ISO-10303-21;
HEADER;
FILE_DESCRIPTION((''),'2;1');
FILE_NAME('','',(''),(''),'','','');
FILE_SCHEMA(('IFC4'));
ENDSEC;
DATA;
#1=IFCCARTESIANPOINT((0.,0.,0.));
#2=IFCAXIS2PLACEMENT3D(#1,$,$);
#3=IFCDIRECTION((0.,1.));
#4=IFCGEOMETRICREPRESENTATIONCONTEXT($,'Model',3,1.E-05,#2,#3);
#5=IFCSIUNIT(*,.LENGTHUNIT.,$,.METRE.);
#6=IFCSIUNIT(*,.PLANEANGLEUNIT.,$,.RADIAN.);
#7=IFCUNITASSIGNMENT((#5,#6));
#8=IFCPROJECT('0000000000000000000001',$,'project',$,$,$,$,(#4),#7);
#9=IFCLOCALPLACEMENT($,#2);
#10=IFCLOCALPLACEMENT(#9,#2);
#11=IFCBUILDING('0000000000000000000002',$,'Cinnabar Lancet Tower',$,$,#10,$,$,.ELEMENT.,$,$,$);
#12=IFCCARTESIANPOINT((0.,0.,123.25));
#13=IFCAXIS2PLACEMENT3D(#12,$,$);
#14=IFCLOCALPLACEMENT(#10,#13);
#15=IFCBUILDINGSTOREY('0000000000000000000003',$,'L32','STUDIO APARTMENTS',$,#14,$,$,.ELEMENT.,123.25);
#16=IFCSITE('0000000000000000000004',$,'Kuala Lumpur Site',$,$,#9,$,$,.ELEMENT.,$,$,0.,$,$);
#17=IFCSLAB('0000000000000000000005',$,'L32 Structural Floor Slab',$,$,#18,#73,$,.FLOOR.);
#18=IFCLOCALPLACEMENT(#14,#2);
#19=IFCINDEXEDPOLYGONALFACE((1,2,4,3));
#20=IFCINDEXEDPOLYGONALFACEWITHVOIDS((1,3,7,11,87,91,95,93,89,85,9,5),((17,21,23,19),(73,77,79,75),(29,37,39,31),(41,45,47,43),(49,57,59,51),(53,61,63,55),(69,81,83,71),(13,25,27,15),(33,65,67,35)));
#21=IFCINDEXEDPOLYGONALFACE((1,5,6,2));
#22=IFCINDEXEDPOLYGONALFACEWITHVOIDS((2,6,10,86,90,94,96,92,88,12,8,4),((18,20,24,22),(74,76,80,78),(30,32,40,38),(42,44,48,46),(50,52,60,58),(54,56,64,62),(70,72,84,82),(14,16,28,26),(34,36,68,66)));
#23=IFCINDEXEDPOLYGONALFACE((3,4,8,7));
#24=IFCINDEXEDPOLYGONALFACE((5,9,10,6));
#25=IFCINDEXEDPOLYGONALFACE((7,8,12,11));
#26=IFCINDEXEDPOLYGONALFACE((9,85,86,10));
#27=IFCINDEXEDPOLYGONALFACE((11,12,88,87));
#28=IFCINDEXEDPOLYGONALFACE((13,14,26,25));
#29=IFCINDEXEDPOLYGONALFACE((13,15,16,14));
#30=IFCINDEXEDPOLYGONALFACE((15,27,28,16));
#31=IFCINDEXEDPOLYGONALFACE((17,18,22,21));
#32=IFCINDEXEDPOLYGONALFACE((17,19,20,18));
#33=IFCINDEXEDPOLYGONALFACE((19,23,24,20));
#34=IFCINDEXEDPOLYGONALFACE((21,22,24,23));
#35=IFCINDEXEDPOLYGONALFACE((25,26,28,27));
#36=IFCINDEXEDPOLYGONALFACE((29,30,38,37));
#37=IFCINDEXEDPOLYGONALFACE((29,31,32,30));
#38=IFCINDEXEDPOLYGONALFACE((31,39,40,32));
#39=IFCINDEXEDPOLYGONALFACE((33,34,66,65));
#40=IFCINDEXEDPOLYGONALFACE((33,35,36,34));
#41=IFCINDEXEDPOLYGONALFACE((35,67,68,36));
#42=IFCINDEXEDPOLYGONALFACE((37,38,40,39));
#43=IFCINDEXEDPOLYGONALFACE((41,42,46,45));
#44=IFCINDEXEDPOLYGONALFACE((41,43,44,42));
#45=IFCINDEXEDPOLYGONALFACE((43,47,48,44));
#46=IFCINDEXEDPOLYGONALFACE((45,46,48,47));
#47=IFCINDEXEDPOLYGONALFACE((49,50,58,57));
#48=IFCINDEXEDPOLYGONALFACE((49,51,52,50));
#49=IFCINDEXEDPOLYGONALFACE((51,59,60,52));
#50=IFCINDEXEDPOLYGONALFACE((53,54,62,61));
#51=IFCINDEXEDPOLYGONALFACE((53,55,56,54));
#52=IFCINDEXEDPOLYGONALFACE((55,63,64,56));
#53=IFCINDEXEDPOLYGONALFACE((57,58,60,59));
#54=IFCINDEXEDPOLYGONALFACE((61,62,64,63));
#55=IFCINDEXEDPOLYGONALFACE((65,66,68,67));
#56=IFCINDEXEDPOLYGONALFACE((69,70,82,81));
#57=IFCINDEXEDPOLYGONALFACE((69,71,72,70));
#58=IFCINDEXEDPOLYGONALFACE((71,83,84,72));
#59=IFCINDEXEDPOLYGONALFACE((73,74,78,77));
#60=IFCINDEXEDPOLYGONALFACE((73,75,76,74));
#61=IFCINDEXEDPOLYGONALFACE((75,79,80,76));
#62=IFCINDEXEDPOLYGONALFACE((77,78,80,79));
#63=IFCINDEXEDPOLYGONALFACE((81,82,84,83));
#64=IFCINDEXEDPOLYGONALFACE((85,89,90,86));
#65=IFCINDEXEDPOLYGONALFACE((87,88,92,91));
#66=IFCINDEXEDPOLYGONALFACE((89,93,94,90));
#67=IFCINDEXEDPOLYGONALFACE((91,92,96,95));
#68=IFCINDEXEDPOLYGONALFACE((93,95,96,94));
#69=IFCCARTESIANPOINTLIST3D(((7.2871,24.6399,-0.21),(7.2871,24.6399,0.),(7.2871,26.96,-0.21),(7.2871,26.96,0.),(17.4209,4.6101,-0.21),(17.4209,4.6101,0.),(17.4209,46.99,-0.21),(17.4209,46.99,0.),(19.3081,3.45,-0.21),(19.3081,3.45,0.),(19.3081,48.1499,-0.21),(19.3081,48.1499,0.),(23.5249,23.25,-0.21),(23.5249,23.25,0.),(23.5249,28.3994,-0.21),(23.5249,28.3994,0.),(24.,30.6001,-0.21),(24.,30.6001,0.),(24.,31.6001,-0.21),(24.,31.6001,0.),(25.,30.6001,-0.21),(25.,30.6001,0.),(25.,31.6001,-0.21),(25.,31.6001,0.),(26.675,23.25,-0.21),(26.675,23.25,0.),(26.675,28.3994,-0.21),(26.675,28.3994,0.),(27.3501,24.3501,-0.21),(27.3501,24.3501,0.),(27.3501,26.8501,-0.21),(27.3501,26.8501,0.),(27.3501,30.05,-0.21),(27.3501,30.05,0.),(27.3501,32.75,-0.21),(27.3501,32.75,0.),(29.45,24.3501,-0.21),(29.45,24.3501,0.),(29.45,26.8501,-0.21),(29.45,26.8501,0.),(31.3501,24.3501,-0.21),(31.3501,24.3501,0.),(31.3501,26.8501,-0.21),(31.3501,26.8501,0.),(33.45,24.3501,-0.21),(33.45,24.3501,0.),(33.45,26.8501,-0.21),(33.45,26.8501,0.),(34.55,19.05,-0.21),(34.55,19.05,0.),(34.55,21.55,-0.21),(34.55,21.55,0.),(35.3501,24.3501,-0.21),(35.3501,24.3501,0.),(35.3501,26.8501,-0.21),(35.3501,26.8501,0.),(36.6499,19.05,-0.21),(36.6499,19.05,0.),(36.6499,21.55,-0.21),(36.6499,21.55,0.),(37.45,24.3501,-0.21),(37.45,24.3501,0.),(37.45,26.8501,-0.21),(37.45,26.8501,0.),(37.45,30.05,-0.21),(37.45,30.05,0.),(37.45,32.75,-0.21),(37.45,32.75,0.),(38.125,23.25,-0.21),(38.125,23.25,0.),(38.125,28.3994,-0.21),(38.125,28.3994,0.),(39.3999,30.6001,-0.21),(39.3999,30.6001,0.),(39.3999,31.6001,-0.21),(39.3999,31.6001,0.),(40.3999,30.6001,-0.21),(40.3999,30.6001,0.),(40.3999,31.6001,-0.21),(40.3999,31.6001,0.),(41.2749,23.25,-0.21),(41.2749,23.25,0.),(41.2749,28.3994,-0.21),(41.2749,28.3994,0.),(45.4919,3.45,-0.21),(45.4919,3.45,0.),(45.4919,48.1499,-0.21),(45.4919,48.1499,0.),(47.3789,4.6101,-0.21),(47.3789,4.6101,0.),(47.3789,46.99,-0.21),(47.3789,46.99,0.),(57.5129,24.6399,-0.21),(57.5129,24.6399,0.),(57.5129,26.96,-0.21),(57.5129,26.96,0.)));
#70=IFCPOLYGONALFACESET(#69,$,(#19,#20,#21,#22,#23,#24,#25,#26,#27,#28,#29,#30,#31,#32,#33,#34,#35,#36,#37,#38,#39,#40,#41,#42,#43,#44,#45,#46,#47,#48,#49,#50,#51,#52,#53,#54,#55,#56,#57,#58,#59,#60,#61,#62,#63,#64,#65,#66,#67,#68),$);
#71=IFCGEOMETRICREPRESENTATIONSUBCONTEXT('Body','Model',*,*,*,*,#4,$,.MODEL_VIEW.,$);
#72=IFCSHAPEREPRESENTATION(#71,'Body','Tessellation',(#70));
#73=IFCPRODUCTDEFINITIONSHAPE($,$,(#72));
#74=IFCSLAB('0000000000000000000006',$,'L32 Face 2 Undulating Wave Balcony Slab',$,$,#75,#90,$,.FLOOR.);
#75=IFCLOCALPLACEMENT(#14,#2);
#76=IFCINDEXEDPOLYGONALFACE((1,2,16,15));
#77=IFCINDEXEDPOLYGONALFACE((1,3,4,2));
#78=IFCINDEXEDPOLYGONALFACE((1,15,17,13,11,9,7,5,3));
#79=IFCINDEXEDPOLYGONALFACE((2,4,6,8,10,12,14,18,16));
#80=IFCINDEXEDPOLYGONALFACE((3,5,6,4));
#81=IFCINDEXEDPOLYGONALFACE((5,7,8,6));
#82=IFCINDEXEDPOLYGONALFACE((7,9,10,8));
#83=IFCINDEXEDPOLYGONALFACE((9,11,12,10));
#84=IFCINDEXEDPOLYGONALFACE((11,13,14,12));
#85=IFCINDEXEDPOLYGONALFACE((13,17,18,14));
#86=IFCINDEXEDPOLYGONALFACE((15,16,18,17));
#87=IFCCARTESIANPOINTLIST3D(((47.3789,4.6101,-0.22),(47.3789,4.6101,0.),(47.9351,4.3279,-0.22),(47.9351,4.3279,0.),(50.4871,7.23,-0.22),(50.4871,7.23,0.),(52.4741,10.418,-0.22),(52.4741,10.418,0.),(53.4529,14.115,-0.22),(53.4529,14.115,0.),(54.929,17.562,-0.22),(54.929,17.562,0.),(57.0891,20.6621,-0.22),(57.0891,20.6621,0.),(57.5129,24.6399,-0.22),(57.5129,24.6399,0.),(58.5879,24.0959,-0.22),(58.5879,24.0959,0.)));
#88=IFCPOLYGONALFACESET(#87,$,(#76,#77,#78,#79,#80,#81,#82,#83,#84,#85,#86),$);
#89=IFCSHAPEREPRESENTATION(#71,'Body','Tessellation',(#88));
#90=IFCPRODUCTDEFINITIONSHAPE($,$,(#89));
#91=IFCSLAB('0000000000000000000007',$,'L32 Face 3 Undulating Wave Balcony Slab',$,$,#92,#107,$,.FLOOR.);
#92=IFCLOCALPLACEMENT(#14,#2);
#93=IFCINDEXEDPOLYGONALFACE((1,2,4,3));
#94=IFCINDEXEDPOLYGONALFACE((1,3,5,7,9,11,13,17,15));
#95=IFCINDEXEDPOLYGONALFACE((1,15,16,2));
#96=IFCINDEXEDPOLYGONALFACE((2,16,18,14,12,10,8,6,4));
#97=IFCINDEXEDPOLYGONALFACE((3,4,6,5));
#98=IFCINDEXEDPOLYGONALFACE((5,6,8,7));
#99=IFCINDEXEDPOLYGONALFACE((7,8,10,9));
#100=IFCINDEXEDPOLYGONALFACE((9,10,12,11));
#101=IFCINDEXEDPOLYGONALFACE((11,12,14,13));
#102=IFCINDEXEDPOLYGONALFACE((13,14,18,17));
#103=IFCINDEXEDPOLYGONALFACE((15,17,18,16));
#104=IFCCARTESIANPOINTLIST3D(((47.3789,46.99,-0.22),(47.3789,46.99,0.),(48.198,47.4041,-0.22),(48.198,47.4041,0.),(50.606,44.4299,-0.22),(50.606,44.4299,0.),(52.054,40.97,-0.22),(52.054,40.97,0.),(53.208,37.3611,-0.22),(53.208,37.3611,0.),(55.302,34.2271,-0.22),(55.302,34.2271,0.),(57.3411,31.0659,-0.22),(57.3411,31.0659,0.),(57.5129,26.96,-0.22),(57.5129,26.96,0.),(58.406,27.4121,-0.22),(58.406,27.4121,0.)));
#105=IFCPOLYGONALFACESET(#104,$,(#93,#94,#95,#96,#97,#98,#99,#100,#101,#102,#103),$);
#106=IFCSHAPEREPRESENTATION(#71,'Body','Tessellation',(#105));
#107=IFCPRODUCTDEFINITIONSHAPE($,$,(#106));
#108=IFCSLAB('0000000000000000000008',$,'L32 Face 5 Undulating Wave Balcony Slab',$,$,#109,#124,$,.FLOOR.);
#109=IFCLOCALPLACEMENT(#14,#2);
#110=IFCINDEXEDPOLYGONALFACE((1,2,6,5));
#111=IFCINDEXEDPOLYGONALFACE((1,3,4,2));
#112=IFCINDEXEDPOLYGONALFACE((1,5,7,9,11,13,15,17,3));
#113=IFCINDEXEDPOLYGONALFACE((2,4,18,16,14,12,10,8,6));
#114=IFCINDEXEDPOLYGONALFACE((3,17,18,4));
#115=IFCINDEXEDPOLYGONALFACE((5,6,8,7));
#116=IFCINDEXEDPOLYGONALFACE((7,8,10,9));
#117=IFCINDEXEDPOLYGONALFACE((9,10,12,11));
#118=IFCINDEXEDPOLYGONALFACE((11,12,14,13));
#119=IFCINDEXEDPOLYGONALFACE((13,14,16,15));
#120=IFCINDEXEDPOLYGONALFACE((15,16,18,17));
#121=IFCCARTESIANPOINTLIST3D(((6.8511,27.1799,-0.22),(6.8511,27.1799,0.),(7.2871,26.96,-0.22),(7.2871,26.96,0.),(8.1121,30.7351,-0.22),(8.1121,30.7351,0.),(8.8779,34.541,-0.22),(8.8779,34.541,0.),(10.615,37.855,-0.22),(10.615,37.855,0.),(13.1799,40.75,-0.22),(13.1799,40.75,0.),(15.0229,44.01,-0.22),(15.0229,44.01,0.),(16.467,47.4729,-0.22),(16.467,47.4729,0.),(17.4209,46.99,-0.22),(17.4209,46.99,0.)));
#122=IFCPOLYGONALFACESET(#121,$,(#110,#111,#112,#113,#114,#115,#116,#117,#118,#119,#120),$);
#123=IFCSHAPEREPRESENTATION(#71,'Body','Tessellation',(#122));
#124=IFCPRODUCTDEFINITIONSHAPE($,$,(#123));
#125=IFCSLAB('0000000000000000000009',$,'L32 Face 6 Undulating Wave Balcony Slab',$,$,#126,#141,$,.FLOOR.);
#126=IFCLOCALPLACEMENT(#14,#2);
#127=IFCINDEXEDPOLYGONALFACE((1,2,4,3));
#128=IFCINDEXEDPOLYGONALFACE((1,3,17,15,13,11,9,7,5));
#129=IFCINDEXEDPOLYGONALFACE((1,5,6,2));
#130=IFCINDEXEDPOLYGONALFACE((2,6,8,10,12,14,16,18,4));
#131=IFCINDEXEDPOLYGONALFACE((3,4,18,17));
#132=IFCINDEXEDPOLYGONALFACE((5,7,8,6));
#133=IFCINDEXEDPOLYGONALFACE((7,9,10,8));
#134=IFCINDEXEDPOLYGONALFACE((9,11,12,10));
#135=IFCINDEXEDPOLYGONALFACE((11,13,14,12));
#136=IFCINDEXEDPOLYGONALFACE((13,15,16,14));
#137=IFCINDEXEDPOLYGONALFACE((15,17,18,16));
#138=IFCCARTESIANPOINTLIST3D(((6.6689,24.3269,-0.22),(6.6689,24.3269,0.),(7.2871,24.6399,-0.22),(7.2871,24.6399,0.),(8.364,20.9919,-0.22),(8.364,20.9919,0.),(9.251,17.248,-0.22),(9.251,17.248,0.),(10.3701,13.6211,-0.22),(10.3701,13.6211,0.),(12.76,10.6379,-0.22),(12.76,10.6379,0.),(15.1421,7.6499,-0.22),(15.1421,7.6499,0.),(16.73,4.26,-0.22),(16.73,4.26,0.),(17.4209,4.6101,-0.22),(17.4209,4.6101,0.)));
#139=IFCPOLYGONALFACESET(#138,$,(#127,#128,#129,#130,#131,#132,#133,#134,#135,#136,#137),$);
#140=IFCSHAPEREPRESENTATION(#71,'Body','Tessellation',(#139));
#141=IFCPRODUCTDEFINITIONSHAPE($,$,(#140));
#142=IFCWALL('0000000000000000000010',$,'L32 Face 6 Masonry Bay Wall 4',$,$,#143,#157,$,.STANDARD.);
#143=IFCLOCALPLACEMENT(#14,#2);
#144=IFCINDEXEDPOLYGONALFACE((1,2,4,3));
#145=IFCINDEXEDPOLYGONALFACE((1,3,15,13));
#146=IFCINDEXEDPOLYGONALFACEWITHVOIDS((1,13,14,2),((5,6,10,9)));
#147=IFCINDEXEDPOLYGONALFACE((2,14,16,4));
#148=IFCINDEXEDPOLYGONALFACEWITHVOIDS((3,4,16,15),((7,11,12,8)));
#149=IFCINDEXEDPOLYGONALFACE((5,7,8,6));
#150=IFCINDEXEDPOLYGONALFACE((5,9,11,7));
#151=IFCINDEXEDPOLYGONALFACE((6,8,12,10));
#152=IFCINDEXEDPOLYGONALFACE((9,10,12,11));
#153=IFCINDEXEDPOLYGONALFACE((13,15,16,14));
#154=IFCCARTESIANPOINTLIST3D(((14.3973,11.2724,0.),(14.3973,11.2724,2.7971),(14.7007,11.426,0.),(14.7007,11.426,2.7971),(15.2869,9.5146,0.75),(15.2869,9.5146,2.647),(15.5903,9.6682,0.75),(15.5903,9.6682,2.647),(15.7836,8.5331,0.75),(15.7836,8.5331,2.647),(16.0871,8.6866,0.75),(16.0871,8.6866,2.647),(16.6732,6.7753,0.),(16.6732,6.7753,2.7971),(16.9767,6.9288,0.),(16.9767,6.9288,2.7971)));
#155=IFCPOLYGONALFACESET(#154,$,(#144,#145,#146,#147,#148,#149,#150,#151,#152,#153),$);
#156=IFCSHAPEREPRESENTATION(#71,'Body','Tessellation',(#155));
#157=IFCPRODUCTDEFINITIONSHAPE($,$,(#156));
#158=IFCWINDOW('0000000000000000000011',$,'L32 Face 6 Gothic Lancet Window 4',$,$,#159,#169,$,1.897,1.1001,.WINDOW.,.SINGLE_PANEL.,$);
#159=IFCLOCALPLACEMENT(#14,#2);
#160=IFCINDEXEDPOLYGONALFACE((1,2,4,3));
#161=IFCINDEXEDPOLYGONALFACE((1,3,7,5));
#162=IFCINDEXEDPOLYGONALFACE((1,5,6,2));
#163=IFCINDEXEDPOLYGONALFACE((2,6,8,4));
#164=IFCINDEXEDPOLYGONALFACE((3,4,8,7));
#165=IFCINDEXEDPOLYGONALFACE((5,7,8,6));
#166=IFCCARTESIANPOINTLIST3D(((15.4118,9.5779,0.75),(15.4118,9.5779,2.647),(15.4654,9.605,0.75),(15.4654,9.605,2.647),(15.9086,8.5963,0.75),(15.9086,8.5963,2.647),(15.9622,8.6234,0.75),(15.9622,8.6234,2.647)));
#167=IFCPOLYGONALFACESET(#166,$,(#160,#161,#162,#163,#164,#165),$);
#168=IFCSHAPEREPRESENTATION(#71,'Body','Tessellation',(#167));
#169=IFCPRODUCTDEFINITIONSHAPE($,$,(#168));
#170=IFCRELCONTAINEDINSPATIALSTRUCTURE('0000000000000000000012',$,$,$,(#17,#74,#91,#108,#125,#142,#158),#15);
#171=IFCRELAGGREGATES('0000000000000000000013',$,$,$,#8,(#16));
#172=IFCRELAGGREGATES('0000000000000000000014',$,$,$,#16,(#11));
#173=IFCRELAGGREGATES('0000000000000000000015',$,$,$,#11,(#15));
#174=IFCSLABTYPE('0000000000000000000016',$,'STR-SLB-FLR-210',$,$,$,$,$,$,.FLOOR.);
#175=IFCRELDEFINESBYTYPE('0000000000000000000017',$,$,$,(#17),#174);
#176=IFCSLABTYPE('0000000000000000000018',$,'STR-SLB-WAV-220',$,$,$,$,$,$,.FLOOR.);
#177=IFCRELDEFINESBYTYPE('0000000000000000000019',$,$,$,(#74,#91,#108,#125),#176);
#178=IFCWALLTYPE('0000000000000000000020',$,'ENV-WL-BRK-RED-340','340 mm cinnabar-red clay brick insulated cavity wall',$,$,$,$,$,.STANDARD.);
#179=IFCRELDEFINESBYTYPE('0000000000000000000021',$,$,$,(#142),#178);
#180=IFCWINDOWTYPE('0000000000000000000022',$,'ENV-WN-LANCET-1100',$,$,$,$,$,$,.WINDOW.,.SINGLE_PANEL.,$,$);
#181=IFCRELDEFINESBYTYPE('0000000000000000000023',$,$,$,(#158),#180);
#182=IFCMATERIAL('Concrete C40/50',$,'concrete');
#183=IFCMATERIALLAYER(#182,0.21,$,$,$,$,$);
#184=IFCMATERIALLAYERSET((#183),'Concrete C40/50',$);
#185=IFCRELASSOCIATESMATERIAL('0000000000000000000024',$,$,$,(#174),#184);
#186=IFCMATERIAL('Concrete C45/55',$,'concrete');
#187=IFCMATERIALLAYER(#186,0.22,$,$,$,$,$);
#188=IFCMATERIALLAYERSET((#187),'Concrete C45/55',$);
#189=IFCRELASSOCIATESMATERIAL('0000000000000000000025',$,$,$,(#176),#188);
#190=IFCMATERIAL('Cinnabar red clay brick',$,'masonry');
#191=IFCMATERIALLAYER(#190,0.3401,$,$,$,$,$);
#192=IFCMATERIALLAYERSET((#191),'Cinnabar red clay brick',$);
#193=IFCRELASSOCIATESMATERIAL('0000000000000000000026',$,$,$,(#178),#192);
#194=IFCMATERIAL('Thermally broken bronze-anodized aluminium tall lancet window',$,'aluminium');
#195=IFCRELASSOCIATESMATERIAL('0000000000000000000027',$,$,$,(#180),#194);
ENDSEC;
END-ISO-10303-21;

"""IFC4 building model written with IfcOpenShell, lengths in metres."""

from ifc_helpers import new_model, si_unit, direction, frame, frame_2d, origin, place, context, subcontext, project, spatial, polyline, rectangle, outline, extrude, material, layer, layer_set, type_object, element, fill, save


model = new_model("IFC4")

# Units and contexts
model_context = context("Model", 3, precision=1e-05, world=origin(), true_north=direction((0.0, 1.0)))
body_context = subcontext(model_context, "Body", "Model", "MODEL_VIEW")
ifc_project = project(units=[si_unit("LENGTHUNIT", "METRE"), si_unit("PLANEANGLEUNIT", "RADIAN")], contexts=[model_context])

# Site, building, storey
site_placement = place(None, origin())
site = spatial("IfcSite", under=ifc_project, at=site_placement, Name="Kuala Lumpur Site", CompositionType="ELEMENT", RefElevation=0.0)
building_placement = place(site_placement, origin())
building = spatial("IfcBuilding", under=site, at=building_placement, Name="Cinnabar Lancet Tower", CompositionType="ELEMENT")
storey_placement = place(building_placement, frame((0.0, 0.0, 123.25)))
storey = spatial("IfcBuildingStorey", under=building, at=storey_placement, Name="L32", Description="STUDIO APARTMENTS", CompositionType="ELEMENT", Elevation=123.25)

# Slabs
ifc_material_1 = material(Name="Concrete C40/50", Category="concrete")
ifc_layer_1 = layer(ifc_material_1, 0.21)
ifc_layer_set_1 = layer_set([ifc_layer_1], Name="Concrete C40/50")
slab_type_1 = type_object("IfcSlabType", Name="STR-SLB-FLR-210", PredefinedType="FLOOR", material=ifc_layer_set_1)
slab_1_placement = place(storey_placement, frame((0.0, 0.0, -0.21)))
element("IfcSlab", 1, at=slab_1_placement, inside=storey, type_object=slab_type_1, Name="L32 Structural Floor Slab", PredefinedType="FLOOR", context=body_context, shape_type="SweptSolid", body=[
    extrude(outline(polyline([(17.4209, 4.6101), (19.3081, 3.45), (45.4919, 3.45), (47.3789, 4.6101), (57.5129, 24.6399), (57.5129, 26.96), (47.3789, 46.99), (45.4919, 48.1499), (19.3081, 48.1499), (17.4209, 46.99), (7.2871, 26.96), (7.2871, 24.6399), (17.4209, 4.6101)]), holes=[polyline([(23.5249, 23.25), (26.675, 23.25), (26.675, 28.3994), (23.5249, 28.3994), (23.5249, 23.25)]), polyline([(38.125, 23.25), (41.2749, 23.25), (41.2749, 28.3994), (38.125, 28.3994), (38.125, 23.25)]), polyline([(27.3501, 30.05), (37.45, 30.05), (37.45, 32.75), (27.3501, 32.75), (27.3501, 30.05)]), polyline([(34.55, 19.05), (36.6499, 19.05), (36.6499, 21.55), (34.55, 21.55), (34.55, 19.05)]), polyline([(27.3501, 24.3501), (29.45, 24.3501), (29.45, 26.8501), (27.3501, 26.8501), (27.3501, 24.3501)]), polyline([(35.3501, 24.3501), (37.45, 24.3501), (37.45, 26.8501), (35.3501, 26.8501), (35.3501, 24.3501)]), polyline([(31.3501, 24.3501), (33.45, 24.3501), (33.45, 26.8501), (31.3501, 26.8501), (31.3501, 24.3501)]), polyline([(24.0, 30.6001), (25.0, 30.6001), (25.0, 31.6001), (24.0, 31.6001), (24.0, 30.6001)]), polyline([(39.3999, 30.6001), (40.3999, 30.6001), (40.3999, 31.6001), (39.3999, 31.6001), (39.3999, 30.6001)])]), origin(), (0.0, 0.0, 1.0), 0.21),
])
ifc_material_2 = material(Name="Concrete C45/55", Category="concrete")
ifc_layer_2 = layer(ifc_material_2, 0.22)
ifc_layer_set_2 = layer_set([ifc_layer_2], Name="Concrete C45/55")
slab_type_2 = type_object("IfcSlabType", Name="STR-SLB-WAV-220", PredefinedType="FLOOR", material=ifc_layer_set_2)
slab_2_placement = place(storey_placement, frame((0.0, 0.0, -0.22)))
element("IfcSlab", 2, at=slab_2_placement, inside=storey, type_object=slab_type_2, Name="L32 Face 2 Undulating Wave Balcony Slab", PredefinedType="FLOOR", context=body_context, shape_type="SweptSolid", body=[
    extrude(outline(polyline([(47.3789, 4.6101), (47.9351, 4.3279), (50.4871, 7.23), (52.4741, 10.418), (53.4529, 14.115), (54.929, 17.562), (57.0891, 20.6621), (58.5879, 24.0959), (57.5129, 24.6399), (47.3789, 4.6101)])), origin(), (0.0, 0.0, 1.0), 0.22),
])
slab_3_placement = place(storey_placement, frame((0.0, 0.0, -0.22)))
element("IfcSlab", 3, at=slab_3_placement, inside=storey, type_object=slab_type_2, Name="L32 Face 3 Undulating Wave Balcony Slab", PredefinedType="FLOOR", context=body_context, shape_type="SweptSolid", body=[
    extrude(outline(polyline([(57.5129, 26.96), (58.406, 27.4121), (57.3411, 31.0659), (55.302, 34.2271), (53.208, 37.3611), (52.054, 40.97), (50.606, 44.4299), (48.198, 47.4041), (47.3789, 46.99), (57.5129, 26.96)])), origin(), (0.0, 0.0, 1.0), 0.22),
])
slab_4_placement = place(storey_placement, frame((0.0, 0.0, -0.22)))
element("IfcSlab", 4, at=slab_4_placement, inside=storey, type_object=slab_type_2, Name="L32 Face 5 Undulating Wave Balcony Slab", PredefinedType="FLOOR", context=body_context, shape_type="SweptSolid", body=[
    extrude(outline(polyline([(17.4209, 46.99), (16.467, 47.4729), (15.0229, 44.01), (13.1799, 40.75), (10.615, 37.855), (8.8779, 34.541), (8.1121, 30.7351), (6.8511, 27.1799), (7.2871, 26.96), (17.4209, 46.99)])), origin(), (0.0, 0.0, 1.0), 0.22),
])
slab_5_placement = place(storey_placement, frame((0.0, 0.0, -0.22)))
element("IfcSlab", 5, at=slab_5_placement, inside=storey, type_object=slab_type_2, Name="L32 Face 6 Undulating Wave Balcony Slab", PredefinedType="FLOOR", context=body_context, shape_type="SweptSolid", body=[
    extrude(outline(polyline([(7.2871, 24.6399), (6.6689, 24.3269), (8.364, 20.9919), (9.251, 17.248), (10.3701, 13.6211), (12.76, 10.6379), (15.1421, 7.6499), (16.73, 4.26), (17.4209, 4.6101), (7.2871, 24.6399)])), origin(), (0.0, 0.0, 1.0), 0.22),
])

# Wall, opening, window
ifc_material_3 = material(Name="Cinnabar red clay brick", Category="masonry")
ifc_layer_3 = layer(ifc_material_3, 0.3401)
ifc_layer_set_3 = layer_set([ifc_layer_3], Name="Cinnabar red clay brick")
wall_type = type_object("IfcWallType", Name="ENV-WL-BRK-RED-340", Description="340 mm cinnabar-red clay brick insulated cavity wall", PredefinedType="STANDARD", material=ifc_layer_set_3)
wall_1_placement = place(storey_placement, frame((14.5491, 11.3491, 0.0), z_axis=(0.0, 0.0, 1.0), x_axis=(0.451548, -0.892247, 0.0)))
wall_1 = element("IfcWall", 6, at=wall_1_placement, inside=storey, type_object=wall_type, Name="L32 Face 6 Masonry Bay Wall 4", PredefinedType="STANDARD", context=body_context, shape_type="SweptSolid", body=[
    extrude(rectangle(XDim=5.0403, YDim=0.3401, at=frame_2d((2.52, 0.0))), origin(), (0.0, 0.0, 1.0), 2.7971),
])
opening_placement = place(wall_1_placement, frame((1.97, 0.0, 0.75)))
opening = element("IfcOpeningElement", 7, at=opening_placement, cuts=wall_1, PredefinedType="OPENING", context=body_context, shape_type="SweptSolid", body=[
    extrude(rectangle(XDim=1.1001, YDim=1.897, at=frame_2d((0.55, 0.9485))), frame((0.0, 0.1799, 0.0), z_axis=(0.0, -1.0, 0.0), x_axis=(1.0, 0.0, 0.0)), (0.0, 0.0, 1.0), 0.3601),
])
ifc_material_4 = material(Name="Thermally broken bronze-anodized aluminium tall lancet window", Category="aluminium")
window_type = type_object("IfcWindowType", Name="ENV-WN-LANCET-1100", PartitioningType="SINGLE_PANEL", PredefinedType="WINDOW", material=ifc_material_4)
window_placement = place(opening_placement, origin())
window = element("IfcWindow", 8, at=window_placement, inside=storey, type_object=window_type, Name="L32 Face 6 Gothic Lancet Window 4", OverallHeight=1.897, OverallWidth=1.1001, PartitioningType="SINGLE_PANEL", PredefinedType="WINDOW", context=body_context, shape_type="SweptSolid", body=[
    extrude(rectangle(XDim=1.1001, YDim=1.897, at=frame_2d((0.55, 0.9485))), frame((0.0, 0.03, 0.0), z_axis=(0.0, -1.0, 0.0), x_axis=(1.0, 0.0, 0.0)), (0.0, 0.0, 1.0), 0.0601),
])
fill(opening, window)

save(model, "model.ifc")
